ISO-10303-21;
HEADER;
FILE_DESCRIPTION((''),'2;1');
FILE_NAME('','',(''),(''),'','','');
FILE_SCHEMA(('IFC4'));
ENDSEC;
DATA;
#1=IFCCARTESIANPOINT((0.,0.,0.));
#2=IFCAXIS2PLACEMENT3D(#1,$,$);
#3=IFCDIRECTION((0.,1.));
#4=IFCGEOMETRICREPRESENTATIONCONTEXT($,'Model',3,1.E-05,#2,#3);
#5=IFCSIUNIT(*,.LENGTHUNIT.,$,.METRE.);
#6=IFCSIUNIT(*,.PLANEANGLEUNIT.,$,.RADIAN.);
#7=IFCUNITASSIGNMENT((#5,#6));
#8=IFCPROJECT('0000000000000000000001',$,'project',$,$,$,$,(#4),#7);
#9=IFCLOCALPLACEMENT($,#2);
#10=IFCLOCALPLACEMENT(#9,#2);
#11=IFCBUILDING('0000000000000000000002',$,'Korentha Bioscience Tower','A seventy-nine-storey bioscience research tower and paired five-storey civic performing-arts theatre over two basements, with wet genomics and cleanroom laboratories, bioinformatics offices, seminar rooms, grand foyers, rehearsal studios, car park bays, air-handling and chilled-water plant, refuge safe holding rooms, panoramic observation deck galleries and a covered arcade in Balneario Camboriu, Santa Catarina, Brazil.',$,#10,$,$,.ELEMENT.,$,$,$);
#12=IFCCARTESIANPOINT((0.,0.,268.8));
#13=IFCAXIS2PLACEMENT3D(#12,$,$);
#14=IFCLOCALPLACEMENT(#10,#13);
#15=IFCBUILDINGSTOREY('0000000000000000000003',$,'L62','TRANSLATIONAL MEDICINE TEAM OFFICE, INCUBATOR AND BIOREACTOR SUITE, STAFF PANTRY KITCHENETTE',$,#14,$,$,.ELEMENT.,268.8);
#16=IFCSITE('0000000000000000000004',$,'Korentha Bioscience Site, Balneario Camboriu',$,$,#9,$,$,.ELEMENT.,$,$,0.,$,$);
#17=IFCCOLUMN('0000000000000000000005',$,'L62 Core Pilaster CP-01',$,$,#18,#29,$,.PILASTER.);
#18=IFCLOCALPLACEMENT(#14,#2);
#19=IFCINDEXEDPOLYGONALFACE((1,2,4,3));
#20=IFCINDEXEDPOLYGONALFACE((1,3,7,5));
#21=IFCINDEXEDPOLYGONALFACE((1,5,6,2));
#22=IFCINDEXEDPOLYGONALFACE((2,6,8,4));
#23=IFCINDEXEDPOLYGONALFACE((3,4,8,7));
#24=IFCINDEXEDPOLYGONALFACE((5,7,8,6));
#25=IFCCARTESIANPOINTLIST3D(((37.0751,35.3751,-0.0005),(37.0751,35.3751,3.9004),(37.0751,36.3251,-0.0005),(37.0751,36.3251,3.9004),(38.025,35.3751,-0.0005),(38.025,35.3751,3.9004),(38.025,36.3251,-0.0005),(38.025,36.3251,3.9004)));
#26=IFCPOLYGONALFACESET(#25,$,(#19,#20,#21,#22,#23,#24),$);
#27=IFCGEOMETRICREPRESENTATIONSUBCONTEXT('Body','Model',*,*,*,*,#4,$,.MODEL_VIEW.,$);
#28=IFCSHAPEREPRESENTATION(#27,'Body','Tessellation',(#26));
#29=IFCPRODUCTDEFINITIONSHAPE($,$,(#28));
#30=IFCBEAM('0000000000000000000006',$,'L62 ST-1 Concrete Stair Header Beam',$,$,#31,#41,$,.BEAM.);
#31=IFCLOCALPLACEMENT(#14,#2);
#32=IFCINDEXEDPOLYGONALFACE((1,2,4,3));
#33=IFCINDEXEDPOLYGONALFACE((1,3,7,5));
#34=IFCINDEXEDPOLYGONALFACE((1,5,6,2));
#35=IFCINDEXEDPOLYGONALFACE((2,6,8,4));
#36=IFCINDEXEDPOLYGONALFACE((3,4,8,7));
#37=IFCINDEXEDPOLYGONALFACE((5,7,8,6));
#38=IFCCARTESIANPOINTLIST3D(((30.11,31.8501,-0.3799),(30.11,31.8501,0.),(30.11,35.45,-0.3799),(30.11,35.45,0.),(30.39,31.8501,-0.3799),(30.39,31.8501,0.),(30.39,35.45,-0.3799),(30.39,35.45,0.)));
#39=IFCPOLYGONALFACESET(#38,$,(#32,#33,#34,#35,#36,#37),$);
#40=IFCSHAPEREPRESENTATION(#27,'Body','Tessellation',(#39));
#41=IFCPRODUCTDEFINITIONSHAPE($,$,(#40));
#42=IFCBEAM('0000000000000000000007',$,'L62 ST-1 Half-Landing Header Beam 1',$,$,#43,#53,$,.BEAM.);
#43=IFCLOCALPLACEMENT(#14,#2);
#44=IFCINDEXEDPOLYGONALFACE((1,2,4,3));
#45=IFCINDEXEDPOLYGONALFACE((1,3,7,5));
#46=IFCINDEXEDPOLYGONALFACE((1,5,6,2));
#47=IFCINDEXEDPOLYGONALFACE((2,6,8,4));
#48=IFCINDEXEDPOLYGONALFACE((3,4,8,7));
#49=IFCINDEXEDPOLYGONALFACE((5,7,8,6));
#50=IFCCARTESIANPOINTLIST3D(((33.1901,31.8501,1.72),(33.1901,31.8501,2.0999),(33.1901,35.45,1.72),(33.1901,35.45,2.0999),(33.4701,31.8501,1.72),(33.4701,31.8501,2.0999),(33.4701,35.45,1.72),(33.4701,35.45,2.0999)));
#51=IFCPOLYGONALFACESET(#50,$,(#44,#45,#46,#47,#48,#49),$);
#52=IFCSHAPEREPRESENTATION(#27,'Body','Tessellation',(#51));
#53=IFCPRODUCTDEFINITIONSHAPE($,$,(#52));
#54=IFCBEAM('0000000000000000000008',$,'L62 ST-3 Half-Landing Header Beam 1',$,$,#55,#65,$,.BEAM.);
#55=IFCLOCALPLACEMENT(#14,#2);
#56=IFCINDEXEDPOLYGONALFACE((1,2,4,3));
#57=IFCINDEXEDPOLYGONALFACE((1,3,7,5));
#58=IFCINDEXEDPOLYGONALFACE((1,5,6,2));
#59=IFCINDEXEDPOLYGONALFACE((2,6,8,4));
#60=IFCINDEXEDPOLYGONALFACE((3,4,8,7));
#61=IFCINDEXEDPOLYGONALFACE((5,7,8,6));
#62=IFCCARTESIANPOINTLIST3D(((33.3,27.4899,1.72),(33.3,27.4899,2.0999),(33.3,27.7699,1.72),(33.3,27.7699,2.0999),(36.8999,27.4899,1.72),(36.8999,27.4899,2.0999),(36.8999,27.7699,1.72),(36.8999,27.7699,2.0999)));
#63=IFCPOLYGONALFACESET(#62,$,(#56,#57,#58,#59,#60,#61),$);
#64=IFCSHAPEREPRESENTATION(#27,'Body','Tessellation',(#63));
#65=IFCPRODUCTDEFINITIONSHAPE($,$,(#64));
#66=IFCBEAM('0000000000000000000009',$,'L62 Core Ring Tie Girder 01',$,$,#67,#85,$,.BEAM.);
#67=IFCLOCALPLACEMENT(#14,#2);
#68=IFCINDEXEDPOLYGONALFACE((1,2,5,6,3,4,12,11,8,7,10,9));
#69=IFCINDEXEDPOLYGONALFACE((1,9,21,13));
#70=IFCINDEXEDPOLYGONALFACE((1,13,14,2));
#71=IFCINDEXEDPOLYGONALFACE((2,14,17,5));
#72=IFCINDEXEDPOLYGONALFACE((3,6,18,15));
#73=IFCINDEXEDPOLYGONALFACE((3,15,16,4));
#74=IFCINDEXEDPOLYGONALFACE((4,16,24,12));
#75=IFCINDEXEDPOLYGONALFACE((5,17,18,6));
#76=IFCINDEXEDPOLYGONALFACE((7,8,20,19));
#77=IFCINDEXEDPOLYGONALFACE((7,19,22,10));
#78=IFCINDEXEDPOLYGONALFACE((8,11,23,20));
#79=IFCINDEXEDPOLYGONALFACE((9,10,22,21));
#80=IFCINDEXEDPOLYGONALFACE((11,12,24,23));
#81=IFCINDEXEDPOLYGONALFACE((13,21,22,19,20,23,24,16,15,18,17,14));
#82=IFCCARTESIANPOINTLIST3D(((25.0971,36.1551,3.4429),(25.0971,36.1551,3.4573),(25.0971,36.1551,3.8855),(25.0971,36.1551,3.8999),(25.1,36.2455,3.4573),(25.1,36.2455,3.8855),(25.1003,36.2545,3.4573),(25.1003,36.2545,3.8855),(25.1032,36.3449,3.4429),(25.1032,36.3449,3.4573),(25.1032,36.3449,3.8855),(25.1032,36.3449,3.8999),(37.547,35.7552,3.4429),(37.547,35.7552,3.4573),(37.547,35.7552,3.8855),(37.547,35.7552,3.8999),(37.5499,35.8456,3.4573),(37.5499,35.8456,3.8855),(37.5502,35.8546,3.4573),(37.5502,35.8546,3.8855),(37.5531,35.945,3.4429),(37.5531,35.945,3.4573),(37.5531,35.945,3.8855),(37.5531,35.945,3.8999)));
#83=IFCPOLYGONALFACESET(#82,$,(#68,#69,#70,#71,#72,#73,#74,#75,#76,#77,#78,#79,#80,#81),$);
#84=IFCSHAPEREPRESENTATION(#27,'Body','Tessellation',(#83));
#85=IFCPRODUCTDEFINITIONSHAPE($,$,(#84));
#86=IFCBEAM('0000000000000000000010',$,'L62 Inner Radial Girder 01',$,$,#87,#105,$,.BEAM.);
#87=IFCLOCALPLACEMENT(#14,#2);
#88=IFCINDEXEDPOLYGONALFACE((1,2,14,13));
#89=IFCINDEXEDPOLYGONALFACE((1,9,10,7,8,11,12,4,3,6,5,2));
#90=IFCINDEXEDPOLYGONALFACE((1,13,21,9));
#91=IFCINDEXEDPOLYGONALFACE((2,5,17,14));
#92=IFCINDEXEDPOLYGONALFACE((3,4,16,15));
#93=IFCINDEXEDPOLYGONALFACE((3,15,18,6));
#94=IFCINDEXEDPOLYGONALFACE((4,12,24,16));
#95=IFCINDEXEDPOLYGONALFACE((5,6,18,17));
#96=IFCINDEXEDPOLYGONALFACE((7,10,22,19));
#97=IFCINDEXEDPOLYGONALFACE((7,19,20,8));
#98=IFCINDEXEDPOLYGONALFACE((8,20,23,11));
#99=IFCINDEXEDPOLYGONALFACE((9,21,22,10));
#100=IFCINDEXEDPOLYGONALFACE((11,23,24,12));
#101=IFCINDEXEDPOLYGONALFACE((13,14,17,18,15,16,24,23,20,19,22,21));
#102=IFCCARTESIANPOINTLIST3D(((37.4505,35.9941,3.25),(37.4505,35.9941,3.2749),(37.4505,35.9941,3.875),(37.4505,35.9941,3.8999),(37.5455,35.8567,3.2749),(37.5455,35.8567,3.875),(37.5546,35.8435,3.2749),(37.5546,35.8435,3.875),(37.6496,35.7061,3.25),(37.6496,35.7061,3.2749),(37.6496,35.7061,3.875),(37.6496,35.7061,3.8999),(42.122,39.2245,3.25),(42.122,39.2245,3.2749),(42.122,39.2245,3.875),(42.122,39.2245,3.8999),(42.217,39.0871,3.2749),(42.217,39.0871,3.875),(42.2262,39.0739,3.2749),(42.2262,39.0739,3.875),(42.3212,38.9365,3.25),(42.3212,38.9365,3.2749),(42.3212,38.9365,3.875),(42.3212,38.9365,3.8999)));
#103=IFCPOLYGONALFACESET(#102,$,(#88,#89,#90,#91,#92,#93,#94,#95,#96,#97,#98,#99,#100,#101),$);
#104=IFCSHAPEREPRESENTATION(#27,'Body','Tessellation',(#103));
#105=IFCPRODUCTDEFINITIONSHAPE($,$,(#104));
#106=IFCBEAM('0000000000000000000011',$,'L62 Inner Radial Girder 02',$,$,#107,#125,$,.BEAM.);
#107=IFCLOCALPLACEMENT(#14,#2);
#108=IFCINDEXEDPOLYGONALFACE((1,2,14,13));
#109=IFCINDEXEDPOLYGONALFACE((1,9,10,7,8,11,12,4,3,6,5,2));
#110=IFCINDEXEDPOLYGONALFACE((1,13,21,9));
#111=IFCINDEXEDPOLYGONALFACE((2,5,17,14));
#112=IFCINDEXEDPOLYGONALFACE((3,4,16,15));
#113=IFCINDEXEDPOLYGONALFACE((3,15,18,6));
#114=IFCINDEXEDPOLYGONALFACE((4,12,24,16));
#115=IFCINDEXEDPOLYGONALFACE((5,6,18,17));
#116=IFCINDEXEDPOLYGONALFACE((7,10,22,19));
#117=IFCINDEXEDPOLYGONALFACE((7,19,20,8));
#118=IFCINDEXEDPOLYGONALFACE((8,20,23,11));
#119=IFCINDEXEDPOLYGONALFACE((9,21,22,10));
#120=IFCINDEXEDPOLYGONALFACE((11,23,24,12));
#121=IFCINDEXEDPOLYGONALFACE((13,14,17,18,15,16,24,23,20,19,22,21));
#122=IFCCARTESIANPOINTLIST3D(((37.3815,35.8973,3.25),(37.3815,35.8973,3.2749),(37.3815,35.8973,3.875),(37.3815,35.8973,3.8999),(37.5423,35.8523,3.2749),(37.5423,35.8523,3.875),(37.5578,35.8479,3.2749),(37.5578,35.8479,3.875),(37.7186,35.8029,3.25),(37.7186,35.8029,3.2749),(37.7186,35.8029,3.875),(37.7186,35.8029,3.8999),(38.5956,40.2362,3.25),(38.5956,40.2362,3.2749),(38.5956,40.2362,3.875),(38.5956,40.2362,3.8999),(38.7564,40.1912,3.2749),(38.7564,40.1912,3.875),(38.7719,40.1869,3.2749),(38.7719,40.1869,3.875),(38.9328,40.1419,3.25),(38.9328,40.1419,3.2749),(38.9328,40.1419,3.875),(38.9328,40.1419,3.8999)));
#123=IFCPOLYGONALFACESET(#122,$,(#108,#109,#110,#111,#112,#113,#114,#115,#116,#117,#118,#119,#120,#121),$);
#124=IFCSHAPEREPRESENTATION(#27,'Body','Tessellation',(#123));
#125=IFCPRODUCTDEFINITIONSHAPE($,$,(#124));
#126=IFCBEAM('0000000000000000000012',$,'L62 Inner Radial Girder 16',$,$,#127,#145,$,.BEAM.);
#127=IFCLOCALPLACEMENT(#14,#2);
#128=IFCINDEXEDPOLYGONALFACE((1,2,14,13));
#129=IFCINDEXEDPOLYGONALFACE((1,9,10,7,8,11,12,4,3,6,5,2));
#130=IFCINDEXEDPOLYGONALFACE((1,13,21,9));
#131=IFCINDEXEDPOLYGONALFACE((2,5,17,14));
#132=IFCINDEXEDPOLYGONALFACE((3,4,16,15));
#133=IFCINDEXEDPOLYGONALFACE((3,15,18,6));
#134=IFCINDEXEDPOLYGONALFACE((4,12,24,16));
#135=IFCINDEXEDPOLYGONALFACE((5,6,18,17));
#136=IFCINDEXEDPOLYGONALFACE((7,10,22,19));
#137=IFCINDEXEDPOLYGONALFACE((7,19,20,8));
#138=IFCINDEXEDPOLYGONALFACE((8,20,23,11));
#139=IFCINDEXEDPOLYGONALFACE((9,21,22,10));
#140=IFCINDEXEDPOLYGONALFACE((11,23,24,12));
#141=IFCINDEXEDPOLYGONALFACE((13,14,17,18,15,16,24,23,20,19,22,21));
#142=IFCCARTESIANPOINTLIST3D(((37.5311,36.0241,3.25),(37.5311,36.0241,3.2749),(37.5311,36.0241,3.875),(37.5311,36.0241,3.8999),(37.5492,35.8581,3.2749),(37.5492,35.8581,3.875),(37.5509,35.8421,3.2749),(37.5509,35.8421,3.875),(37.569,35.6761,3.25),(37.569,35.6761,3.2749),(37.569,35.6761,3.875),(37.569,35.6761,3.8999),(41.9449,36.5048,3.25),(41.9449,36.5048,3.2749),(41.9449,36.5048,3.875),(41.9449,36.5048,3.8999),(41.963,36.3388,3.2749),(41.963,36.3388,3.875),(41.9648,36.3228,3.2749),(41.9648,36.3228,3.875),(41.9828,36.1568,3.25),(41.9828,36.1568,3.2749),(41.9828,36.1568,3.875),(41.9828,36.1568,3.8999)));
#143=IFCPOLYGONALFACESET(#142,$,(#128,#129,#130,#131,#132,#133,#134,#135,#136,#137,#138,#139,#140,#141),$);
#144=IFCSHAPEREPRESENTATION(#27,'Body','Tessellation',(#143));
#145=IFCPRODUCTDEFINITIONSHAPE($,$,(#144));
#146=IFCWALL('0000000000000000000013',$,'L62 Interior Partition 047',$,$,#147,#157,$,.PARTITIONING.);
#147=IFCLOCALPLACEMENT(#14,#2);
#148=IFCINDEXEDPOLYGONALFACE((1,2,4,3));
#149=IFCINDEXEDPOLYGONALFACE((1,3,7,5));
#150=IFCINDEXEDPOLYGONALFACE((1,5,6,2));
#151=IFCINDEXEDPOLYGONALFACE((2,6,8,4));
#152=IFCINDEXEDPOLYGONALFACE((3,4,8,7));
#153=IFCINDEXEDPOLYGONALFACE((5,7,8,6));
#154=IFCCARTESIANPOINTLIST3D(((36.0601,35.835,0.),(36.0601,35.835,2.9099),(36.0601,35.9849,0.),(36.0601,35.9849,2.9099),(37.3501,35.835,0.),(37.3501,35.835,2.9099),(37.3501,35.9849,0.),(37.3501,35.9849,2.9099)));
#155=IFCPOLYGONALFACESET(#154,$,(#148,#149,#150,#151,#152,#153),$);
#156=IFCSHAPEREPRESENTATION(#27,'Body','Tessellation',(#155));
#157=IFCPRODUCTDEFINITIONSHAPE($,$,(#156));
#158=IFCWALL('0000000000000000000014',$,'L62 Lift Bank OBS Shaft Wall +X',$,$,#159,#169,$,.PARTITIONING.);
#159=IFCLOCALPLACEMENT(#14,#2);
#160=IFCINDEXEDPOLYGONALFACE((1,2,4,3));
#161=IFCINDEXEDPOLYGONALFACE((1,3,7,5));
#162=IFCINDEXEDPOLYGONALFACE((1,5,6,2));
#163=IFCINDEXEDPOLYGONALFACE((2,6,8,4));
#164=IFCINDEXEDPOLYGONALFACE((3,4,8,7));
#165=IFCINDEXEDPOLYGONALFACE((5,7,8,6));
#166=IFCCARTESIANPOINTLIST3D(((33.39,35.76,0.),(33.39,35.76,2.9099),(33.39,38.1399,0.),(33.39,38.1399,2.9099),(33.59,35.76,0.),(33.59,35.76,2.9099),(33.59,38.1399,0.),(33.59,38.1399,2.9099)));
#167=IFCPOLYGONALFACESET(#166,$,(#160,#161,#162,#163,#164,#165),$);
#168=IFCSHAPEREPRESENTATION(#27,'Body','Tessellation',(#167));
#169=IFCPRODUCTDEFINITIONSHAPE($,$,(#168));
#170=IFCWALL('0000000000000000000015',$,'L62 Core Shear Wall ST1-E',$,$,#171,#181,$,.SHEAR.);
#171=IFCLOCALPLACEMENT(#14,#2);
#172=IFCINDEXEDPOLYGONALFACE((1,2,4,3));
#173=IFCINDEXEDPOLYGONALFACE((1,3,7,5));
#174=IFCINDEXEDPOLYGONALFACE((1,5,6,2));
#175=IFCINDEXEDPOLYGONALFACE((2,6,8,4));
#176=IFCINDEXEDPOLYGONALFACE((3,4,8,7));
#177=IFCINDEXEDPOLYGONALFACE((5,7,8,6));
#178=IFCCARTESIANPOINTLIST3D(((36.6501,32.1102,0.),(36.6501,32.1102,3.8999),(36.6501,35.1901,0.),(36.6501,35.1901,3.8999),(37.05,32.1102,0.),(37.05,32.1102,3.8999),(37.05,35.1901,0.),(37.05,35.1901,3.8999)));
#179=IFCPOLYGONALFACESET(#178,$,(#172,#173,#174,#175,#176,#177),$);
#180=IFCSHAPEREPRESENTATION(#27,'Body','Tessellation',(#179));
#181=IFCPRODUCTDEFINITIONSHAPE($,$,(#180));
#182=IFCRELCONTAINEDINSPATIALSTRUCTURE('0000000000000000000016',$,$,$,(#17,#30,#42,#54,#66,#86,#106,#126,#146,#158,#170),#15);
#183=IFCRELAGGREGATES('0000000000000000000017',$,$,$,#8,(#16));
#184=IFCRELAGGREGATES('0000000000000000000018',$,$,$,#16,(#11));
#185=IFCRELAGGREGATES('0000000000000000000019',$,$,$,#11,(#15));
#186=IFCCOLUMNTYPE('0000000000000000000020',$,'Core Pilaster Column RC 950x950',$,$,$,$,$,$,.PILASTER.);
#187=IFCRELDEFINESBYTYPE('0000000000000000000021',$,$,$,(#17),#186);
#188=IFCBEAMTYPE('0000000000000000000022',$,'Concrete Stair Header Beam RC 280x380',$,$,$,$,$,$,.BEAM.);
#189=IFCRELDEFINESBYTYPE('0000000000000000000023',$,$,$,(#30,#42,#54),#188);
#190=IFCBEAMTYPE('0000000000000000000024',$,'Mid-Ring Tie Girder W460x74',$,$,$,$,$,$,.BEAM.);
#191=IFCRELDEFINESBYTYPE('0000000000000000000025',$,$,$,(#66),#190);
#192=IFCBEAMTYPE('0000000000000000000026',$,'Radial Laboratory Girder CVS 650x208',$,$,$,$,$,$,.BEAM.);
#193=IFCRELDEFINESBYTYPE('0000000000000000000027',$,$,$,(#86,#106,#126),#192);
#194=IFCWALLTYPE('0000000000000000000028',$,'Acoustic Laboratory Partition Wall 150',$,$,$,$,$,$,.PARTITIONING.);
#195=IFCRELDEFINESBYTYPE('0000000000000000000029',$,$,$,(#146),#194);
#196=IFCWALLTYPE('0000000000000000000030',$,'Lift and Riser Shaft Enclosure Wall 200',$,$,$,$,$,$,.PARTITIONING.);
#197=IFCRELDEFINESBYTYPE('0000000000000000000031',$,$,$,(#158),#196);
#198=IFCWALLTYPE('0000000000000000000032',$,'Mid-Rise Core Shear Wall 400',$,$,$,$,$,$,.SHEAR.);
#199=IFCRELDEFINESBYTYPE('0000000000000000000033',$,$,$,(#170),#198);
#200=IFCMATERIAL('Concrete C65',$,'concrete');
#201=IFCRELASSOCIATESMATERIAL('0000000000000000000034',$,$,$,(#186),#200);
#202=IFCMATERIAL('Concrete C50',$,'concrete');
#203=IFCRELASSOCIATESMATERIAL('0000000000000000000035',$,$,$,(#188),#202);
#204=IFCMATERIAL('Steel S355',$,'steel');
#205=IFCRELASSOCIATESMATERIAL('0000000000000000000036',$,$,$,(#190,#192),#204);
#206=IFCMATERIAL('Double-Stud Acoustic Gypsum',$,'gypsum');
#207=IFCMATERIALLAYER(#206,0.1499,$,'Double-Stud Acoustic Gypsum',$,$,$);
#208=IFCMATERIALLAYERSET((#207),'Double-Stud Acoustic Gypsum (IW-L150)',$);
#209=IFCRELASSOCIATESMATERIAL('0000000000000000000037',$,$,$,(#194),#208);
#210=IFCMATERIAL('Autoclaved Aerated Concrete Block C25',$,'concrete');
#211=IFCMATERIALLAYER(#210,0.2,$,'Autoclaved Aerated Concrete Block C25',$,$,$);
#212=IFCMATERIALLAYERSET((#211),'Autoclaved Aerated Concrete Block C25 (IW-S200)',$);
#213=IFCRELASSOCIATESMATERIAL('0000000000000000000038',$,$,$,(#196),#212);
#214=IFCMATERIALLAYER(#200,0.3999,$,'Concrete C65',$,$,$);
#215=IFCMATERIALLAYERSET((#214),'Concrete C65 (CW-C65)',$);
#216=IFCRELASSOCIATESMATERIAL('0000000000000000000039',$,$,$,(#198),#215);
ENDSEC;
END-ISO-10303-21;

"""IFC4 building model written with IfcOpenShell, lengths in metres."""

from ifc_helpers import new_model, si_unit, direction, frame, frame_2d, origin, origin_2d, place, context, subcontext, project, spatial, rectangle, i_section, extrude, material, layer, layer_set, material_profile, profile_set, type_object, element, save


model = new_model("IFC4")

# Units and contexts
model_context = context("Model", 3, precision=1e-05, world=origin(), true_north=direction((0.0, 1.0)))
body_context = subcontext(model_context, "Body", "Model", "MODEL_VIEW")
ifc_project = project(units=[si_unit("LENGTHUNIT", "METRE"), si_unit("PLANEANGLEUNIT", "RADIAN")], contexts=[model_context])

# Site, building, storey
site_placement = place(None, origin())
site = spatial("IfcSite", under=ifc_project, at=site_placement, Name="Korentha Bioscience Site, Balneario Camboriu", CompositionType="ELEMENT", RefElevation=0.0)
building_placement = place(site_placement, origin())
building = spatial("IfcBuilding", under=site, at=building_placement, Name="Korentha Bioscience Tower", Description="A seventy-nine-storey bioscience research tower and paired five-storey civic performing-arts theatre over two basements, with wet genomics and cleanroom laboratories, bioinformatics offices, seminar rooms, grand foyers, rehearsal studios, car park bays, air-handling and chilled-water plant, refuge safe holding rooms, panoramic observation deck galleries and a covered arcade in Balneario Camboriu, Santa Catarina, Brazil.", CompositionType="ELEMENT")
storey_placement = place(building_placement, frame((0.0, 0.0, 268.8)))
storey = spatial("IfcBuildingStorey", under=building, at=storey_placement, Name="L62", Description="TRANSLATIONAL MEDICINE TEAM OFFICE, INCUBATOR AND BIOREACTOR SUITE, STAFF PANTRY KITCHENETTE", CompositionType="ELEMENT", Elevation=268.8)

# Column
ifc_material_1 = material(Name="Concrete C65", Category="concrete")
ifc_material_profile_1 = material_profile(ifc_material_1, rectangle(XDim=0.95, YDim=0.95, at=origin_2d()), Name="Concrete C65")
ifc_profile_set_1 = profile_set([ifc_material_profile_1], Name="Concrete C65 (COL-CP09)")
column_type = type_object("IfcColumnType", Name="Core Pilaster Column RC 950x950", PredefinedType="PILASTER", material=ifc_profile_set_1)
column_placement = place(storey_placement, frame((37.55, 35.8501, -0.0005), z_axis=(0.0, 0.0, 1.0), x_axis=(1.0, 0.0, 0.0)))
element("IfcColumn", 1, at=column_placement, inside=storey, type_object=column_type, Name="L62 Core Pilaster CP-01", PredefinedType="PILASTER", context=body_context, shape_type="SweptSolid", body=[
    extrude(rectangle(XDim=0.95, YDim=0.95, at=origin_2d()), origin(), (0.0, 0.0, 1.0), 3.9009),
])

# Beams
ifc_material_2 = material(Name="Concrete C50", Category="concrete")
ifc_material_profile_2 = material_profile(ifc_material_2, rectangle(XDim=0.28, YDim=0.3799, at=origin_2d()), Name="Concrete C50")
ifc_profile_set_2 = profile_set([ifc_material_profile_2], Name="Concrete C50 (ST-HB380)")
beam_type_1 = type_object("IfcBeamType", Name="Concrete Stair Header Beam RC 280x380", PredefinedType="BEAM", material=ifc_profile_set_2)
for number, where, z_axis, x_axis, name in (
    (2, (30.25, 31.8501, -0.1899), (0.0, 1.0, 0.0), (-1.0, 0.0, 0.0), "L62 ST-1 Concrete Stair Header Beam"),
    (3, (33.3301, 31.8501, 1.9099), (0.0, 1.0, 0.0), (-1.0, 0.0, 0.0), "L62 ST-1 Half-Landing Header Beam 1"),
    (4, (36.8999, 27.6299, 1.9099), (-1.0, 0.0, 0.0), (0.0, -1.0, 0.0), "L62 ST-3 Half-Landing Header Beam 1"),
):
    element("IfcBeam", number, at=place(storey_placement, frame(where, z_axis=z_axis, x_axis=x_axis)), inside=storey, type_object=beam_type_1, Name=name, PredefinedType="BEAM", context=body_context, shape_type="SweptSolid", body=[
        extrude(rectangle(XDim=0.28, YDim=0.3799, at=origin_2d()), origin(), (0.0, 0.0, 1.0), 3.5999),
    ])
ifc_material_3 = material(Name="Steel S355", Category="steel")
ifc_material_profile_3 = material_profile(ifc_material_3, i_section(OverallWidth=0.1899, OverallDepth=0.457, WebThickness=0.009, FlangeThickness=0.0144, at=origin_2d()), Name="Steel S355")
ifc_profile_set_3 = profile_set([ifc_material_profile_3], Name="Steel S355 (MB-460)")
beam_type_2 = type_object("IfcBeamType", Name="Mid-Ring Tie Girder W460x74", PredefinedType="BEAM", material=ifc_profile_set_3)
beam_1_placement = place(storey_placement, frame((37.55, 35.8501, 3.6714), z_axis=(-0.999485, 0.032104, 0.0), x_axis=(-0.032104, -0.999485, 0.0)))
element("IfcBeam", 5, at=beam_1_placement, inside=storey, type_object=beam_type_2, Name="L62 Core Ring Tie Girder 01", PredefinedType="BEAM", context=body_context, shape_type="SweptSolid", body=[
    extrude(i_section(OverallWidth=0.1899, OverallDepth=0.457, WebThickness=0.009, FlangeThickness=0.0144, at=origin_2d()), origin(), (0.0, 0.0, 1.0), 12.4563),
])
ifc_material_profile_4 = material_profile(ifc_material_3, i_section(OverallWidth=0.3501, OverallDepth=0.6499, WebThickness=0.0161, FlangeThickness=0.0249, at=origin_2d()), Name="Steel S355")
ifc_profile_set_4 = profile_set([ifc_material_profile_4], Name="Steel S355 (RB-650)")
beam_type_3 = type_object("IfcBeamType", Name="Radial Laboratory Girder CVS 650x208", PredefinedType="BEAM", material=ifc_profile_set_4)
beam_2_placement = place(storey_placement, frame((37.55, 35.8501, 3.575), z_axis=(0.8225, 0.568765, 0.0), x_axis=(-0.568765, 0.8225, 0.0)))
element("IfcBeam", 6, at=beam_2_placement, inside=storey, type_object=beam_type_3, Name="L62 Inner Radial Girder 01", PredefinedType="BEAM", context=body_context, shape_type="SweptSolid", body=[
    extrude(i_section(OverallWidth=0.3501, OverallDepth=0.6499, WebThickness=0.0161, FlangeThickness=0.0249, at=origin_2d()), origin(), (0.0, 0.0, 1.0), 5.6797),
])
beam_3_placement = place(storey_placement, frame((37.55, 35.8501, 3.575), z_axis=(0.269471, 0.963008, 0.0), x_axis=(-0.963008, 0.269471, 0.0)))
element("IfcBeam", 7, at=beam_3_placement, inside=storey, type_object=beam_type_3, Name="L62 Inner Radial Girder 02", PredefinedType="BEAM", context=body_context, shape_type="SweptSolid", body=[
    extrude(i_section(OverallWidth=0.3501, OverallDepth=0.6499, WebThickness=0.0161, FlangeThickness=0.0249, at=origin_2d()), origin(), (0.0, 0.0, 1.0), 4.5056),
])
beam_4_placement = place(storey_placement, frame((37.55, 35.8501, 3.575), z_axis=(0.994121, 0.108271, 0.0), x_axis=(-0.108271, 0.994121, 0.0)))
element("IfcBeam", 8, at=beam_4_placement, inside=storey, type_object=beam_type_3, Name="L62 Inner Radial Girder 16", PredefinedType="BEAM", context=body_context, shape_type="SweptSolid", body=[
    extrude(i_section(OverallWidth=0.3501, OverallDepth=0.6499, WebThickness=0.0161, FlangeThickness=0.0249, at=origin_2d()), origin(), (0.0, 0.0, 1.0), 4.4399),
])

# Walls
ifc_material_4 = material(Name="Double-Stud Acoustic Gypsum", Category="gypsum")
ifc_layer_1 = layer(ifc_material_4, 0.1499, Name="Double-Stud Acoustic Gypsum")
ifc_layer_set_1 = layer_set([ifc_layer_1], Name="Double-Stud Acoustic Gypsum (IW-L150)")
wall_type_1 = type_object("IfcWallType", Name="Acoustic Laboratory Partition Wall 150", PredefinedType="PARTITIONING", material=ifc_layer_set_1)
wall_1_placement = place(storey_placement, frame((37.3501, 35.9099, 0.0), z_axis=(0.0, 0.0, 1.0), x_axis=(-1.0, 0.0, 0.0)))
element("IfcWall", 9, at=wall_1_placement, inside=storey, type_object=wall_type_1, Name="L62 Interior Partition 047", PredefinedType="PARTITIONING", context=body_context, shape_type="SweptSolid", body=[
    extrude(rectangle(XDim=1.29, YDim=0.1499, at=frame_2d((0.645, 0.0))), origin(), (0.0, 0.0, 1.0), 2.9099),
])
ifc_material_5 = material(Name="Autoclaved Aerated Concrete Block C25", Category="concrete")
ifc_layer_2 = layer(ifc_material_5, 0.2, Name="Autoclaved Aerated Concrete Block C25")
ifc_layer_set_2 = layer_set([ifc_layer_2], Name="Autoclaved Aerated Concrete Block C25 (IW-S200)")
wall_type_2 = type_object("IfcWallType", Name="Lift and Riser Shaft Enclosure Wall 200", PredefinedType="PARTITIONING", material=ifc_layer_set_2)
wall_2_placement = place(storey_placement, frame((33.49, 35.76, 0.0), z_axis=(0.0, 0.0, 1.0), x_axis=(0.0, 1.0, 0.0)))
element("IfcWall", 10, at=wall_2_placement, inside=storey, type_object=wall_type_2, Name="L62 Lift Bank OBS Shaft Wall +X", PredefinedType="PARTITIONING", context=body_context, shape_type="SweptSolid", body=[
    extrude(rectangle(XDim=2.3799, YDim=0.2, at=frame_2d((1.1899, 0.0))), origin(), (0.0, 0.0, 1.0), 2.9099),
])
ifc_layer_3 = layer(ifc_material_1, 0.3999, Name="Concrete C65")
ifc_layer_set_3 = layer_set([ifc_layer_3], Name="Concrete C65 (CW-C65)")
wall_type_3 = type_object("IfcWallType", Name="Mid-Rise Core Shear Wall 400", PredefinedType="SHEAR", material=ifc_layer_set_3)
wall_3_placement = place(storey_placement, frame((36.8501, 32.1101, 0.0), z_axis=(0.0, 0.0, 1.0), x_axis=(0.0, 1.0, 0.0)))
element("IfcWall", 11, at=wall_3_placement, inside=storey, type_object=wall_type_3, Name="L62 Core Shear Wall ST1-E", PredefinedType="SHEAR", context=body_context, shape_type="SweptSolid", body=[
    extrude(rectangle(XDim=3.0798, YDim=0.3999, at=frame_2d((1.54, 0.0))), origin(), (0.0, 0.0, 1.0), 3.8999),
])

save(model, "model.ifc")
